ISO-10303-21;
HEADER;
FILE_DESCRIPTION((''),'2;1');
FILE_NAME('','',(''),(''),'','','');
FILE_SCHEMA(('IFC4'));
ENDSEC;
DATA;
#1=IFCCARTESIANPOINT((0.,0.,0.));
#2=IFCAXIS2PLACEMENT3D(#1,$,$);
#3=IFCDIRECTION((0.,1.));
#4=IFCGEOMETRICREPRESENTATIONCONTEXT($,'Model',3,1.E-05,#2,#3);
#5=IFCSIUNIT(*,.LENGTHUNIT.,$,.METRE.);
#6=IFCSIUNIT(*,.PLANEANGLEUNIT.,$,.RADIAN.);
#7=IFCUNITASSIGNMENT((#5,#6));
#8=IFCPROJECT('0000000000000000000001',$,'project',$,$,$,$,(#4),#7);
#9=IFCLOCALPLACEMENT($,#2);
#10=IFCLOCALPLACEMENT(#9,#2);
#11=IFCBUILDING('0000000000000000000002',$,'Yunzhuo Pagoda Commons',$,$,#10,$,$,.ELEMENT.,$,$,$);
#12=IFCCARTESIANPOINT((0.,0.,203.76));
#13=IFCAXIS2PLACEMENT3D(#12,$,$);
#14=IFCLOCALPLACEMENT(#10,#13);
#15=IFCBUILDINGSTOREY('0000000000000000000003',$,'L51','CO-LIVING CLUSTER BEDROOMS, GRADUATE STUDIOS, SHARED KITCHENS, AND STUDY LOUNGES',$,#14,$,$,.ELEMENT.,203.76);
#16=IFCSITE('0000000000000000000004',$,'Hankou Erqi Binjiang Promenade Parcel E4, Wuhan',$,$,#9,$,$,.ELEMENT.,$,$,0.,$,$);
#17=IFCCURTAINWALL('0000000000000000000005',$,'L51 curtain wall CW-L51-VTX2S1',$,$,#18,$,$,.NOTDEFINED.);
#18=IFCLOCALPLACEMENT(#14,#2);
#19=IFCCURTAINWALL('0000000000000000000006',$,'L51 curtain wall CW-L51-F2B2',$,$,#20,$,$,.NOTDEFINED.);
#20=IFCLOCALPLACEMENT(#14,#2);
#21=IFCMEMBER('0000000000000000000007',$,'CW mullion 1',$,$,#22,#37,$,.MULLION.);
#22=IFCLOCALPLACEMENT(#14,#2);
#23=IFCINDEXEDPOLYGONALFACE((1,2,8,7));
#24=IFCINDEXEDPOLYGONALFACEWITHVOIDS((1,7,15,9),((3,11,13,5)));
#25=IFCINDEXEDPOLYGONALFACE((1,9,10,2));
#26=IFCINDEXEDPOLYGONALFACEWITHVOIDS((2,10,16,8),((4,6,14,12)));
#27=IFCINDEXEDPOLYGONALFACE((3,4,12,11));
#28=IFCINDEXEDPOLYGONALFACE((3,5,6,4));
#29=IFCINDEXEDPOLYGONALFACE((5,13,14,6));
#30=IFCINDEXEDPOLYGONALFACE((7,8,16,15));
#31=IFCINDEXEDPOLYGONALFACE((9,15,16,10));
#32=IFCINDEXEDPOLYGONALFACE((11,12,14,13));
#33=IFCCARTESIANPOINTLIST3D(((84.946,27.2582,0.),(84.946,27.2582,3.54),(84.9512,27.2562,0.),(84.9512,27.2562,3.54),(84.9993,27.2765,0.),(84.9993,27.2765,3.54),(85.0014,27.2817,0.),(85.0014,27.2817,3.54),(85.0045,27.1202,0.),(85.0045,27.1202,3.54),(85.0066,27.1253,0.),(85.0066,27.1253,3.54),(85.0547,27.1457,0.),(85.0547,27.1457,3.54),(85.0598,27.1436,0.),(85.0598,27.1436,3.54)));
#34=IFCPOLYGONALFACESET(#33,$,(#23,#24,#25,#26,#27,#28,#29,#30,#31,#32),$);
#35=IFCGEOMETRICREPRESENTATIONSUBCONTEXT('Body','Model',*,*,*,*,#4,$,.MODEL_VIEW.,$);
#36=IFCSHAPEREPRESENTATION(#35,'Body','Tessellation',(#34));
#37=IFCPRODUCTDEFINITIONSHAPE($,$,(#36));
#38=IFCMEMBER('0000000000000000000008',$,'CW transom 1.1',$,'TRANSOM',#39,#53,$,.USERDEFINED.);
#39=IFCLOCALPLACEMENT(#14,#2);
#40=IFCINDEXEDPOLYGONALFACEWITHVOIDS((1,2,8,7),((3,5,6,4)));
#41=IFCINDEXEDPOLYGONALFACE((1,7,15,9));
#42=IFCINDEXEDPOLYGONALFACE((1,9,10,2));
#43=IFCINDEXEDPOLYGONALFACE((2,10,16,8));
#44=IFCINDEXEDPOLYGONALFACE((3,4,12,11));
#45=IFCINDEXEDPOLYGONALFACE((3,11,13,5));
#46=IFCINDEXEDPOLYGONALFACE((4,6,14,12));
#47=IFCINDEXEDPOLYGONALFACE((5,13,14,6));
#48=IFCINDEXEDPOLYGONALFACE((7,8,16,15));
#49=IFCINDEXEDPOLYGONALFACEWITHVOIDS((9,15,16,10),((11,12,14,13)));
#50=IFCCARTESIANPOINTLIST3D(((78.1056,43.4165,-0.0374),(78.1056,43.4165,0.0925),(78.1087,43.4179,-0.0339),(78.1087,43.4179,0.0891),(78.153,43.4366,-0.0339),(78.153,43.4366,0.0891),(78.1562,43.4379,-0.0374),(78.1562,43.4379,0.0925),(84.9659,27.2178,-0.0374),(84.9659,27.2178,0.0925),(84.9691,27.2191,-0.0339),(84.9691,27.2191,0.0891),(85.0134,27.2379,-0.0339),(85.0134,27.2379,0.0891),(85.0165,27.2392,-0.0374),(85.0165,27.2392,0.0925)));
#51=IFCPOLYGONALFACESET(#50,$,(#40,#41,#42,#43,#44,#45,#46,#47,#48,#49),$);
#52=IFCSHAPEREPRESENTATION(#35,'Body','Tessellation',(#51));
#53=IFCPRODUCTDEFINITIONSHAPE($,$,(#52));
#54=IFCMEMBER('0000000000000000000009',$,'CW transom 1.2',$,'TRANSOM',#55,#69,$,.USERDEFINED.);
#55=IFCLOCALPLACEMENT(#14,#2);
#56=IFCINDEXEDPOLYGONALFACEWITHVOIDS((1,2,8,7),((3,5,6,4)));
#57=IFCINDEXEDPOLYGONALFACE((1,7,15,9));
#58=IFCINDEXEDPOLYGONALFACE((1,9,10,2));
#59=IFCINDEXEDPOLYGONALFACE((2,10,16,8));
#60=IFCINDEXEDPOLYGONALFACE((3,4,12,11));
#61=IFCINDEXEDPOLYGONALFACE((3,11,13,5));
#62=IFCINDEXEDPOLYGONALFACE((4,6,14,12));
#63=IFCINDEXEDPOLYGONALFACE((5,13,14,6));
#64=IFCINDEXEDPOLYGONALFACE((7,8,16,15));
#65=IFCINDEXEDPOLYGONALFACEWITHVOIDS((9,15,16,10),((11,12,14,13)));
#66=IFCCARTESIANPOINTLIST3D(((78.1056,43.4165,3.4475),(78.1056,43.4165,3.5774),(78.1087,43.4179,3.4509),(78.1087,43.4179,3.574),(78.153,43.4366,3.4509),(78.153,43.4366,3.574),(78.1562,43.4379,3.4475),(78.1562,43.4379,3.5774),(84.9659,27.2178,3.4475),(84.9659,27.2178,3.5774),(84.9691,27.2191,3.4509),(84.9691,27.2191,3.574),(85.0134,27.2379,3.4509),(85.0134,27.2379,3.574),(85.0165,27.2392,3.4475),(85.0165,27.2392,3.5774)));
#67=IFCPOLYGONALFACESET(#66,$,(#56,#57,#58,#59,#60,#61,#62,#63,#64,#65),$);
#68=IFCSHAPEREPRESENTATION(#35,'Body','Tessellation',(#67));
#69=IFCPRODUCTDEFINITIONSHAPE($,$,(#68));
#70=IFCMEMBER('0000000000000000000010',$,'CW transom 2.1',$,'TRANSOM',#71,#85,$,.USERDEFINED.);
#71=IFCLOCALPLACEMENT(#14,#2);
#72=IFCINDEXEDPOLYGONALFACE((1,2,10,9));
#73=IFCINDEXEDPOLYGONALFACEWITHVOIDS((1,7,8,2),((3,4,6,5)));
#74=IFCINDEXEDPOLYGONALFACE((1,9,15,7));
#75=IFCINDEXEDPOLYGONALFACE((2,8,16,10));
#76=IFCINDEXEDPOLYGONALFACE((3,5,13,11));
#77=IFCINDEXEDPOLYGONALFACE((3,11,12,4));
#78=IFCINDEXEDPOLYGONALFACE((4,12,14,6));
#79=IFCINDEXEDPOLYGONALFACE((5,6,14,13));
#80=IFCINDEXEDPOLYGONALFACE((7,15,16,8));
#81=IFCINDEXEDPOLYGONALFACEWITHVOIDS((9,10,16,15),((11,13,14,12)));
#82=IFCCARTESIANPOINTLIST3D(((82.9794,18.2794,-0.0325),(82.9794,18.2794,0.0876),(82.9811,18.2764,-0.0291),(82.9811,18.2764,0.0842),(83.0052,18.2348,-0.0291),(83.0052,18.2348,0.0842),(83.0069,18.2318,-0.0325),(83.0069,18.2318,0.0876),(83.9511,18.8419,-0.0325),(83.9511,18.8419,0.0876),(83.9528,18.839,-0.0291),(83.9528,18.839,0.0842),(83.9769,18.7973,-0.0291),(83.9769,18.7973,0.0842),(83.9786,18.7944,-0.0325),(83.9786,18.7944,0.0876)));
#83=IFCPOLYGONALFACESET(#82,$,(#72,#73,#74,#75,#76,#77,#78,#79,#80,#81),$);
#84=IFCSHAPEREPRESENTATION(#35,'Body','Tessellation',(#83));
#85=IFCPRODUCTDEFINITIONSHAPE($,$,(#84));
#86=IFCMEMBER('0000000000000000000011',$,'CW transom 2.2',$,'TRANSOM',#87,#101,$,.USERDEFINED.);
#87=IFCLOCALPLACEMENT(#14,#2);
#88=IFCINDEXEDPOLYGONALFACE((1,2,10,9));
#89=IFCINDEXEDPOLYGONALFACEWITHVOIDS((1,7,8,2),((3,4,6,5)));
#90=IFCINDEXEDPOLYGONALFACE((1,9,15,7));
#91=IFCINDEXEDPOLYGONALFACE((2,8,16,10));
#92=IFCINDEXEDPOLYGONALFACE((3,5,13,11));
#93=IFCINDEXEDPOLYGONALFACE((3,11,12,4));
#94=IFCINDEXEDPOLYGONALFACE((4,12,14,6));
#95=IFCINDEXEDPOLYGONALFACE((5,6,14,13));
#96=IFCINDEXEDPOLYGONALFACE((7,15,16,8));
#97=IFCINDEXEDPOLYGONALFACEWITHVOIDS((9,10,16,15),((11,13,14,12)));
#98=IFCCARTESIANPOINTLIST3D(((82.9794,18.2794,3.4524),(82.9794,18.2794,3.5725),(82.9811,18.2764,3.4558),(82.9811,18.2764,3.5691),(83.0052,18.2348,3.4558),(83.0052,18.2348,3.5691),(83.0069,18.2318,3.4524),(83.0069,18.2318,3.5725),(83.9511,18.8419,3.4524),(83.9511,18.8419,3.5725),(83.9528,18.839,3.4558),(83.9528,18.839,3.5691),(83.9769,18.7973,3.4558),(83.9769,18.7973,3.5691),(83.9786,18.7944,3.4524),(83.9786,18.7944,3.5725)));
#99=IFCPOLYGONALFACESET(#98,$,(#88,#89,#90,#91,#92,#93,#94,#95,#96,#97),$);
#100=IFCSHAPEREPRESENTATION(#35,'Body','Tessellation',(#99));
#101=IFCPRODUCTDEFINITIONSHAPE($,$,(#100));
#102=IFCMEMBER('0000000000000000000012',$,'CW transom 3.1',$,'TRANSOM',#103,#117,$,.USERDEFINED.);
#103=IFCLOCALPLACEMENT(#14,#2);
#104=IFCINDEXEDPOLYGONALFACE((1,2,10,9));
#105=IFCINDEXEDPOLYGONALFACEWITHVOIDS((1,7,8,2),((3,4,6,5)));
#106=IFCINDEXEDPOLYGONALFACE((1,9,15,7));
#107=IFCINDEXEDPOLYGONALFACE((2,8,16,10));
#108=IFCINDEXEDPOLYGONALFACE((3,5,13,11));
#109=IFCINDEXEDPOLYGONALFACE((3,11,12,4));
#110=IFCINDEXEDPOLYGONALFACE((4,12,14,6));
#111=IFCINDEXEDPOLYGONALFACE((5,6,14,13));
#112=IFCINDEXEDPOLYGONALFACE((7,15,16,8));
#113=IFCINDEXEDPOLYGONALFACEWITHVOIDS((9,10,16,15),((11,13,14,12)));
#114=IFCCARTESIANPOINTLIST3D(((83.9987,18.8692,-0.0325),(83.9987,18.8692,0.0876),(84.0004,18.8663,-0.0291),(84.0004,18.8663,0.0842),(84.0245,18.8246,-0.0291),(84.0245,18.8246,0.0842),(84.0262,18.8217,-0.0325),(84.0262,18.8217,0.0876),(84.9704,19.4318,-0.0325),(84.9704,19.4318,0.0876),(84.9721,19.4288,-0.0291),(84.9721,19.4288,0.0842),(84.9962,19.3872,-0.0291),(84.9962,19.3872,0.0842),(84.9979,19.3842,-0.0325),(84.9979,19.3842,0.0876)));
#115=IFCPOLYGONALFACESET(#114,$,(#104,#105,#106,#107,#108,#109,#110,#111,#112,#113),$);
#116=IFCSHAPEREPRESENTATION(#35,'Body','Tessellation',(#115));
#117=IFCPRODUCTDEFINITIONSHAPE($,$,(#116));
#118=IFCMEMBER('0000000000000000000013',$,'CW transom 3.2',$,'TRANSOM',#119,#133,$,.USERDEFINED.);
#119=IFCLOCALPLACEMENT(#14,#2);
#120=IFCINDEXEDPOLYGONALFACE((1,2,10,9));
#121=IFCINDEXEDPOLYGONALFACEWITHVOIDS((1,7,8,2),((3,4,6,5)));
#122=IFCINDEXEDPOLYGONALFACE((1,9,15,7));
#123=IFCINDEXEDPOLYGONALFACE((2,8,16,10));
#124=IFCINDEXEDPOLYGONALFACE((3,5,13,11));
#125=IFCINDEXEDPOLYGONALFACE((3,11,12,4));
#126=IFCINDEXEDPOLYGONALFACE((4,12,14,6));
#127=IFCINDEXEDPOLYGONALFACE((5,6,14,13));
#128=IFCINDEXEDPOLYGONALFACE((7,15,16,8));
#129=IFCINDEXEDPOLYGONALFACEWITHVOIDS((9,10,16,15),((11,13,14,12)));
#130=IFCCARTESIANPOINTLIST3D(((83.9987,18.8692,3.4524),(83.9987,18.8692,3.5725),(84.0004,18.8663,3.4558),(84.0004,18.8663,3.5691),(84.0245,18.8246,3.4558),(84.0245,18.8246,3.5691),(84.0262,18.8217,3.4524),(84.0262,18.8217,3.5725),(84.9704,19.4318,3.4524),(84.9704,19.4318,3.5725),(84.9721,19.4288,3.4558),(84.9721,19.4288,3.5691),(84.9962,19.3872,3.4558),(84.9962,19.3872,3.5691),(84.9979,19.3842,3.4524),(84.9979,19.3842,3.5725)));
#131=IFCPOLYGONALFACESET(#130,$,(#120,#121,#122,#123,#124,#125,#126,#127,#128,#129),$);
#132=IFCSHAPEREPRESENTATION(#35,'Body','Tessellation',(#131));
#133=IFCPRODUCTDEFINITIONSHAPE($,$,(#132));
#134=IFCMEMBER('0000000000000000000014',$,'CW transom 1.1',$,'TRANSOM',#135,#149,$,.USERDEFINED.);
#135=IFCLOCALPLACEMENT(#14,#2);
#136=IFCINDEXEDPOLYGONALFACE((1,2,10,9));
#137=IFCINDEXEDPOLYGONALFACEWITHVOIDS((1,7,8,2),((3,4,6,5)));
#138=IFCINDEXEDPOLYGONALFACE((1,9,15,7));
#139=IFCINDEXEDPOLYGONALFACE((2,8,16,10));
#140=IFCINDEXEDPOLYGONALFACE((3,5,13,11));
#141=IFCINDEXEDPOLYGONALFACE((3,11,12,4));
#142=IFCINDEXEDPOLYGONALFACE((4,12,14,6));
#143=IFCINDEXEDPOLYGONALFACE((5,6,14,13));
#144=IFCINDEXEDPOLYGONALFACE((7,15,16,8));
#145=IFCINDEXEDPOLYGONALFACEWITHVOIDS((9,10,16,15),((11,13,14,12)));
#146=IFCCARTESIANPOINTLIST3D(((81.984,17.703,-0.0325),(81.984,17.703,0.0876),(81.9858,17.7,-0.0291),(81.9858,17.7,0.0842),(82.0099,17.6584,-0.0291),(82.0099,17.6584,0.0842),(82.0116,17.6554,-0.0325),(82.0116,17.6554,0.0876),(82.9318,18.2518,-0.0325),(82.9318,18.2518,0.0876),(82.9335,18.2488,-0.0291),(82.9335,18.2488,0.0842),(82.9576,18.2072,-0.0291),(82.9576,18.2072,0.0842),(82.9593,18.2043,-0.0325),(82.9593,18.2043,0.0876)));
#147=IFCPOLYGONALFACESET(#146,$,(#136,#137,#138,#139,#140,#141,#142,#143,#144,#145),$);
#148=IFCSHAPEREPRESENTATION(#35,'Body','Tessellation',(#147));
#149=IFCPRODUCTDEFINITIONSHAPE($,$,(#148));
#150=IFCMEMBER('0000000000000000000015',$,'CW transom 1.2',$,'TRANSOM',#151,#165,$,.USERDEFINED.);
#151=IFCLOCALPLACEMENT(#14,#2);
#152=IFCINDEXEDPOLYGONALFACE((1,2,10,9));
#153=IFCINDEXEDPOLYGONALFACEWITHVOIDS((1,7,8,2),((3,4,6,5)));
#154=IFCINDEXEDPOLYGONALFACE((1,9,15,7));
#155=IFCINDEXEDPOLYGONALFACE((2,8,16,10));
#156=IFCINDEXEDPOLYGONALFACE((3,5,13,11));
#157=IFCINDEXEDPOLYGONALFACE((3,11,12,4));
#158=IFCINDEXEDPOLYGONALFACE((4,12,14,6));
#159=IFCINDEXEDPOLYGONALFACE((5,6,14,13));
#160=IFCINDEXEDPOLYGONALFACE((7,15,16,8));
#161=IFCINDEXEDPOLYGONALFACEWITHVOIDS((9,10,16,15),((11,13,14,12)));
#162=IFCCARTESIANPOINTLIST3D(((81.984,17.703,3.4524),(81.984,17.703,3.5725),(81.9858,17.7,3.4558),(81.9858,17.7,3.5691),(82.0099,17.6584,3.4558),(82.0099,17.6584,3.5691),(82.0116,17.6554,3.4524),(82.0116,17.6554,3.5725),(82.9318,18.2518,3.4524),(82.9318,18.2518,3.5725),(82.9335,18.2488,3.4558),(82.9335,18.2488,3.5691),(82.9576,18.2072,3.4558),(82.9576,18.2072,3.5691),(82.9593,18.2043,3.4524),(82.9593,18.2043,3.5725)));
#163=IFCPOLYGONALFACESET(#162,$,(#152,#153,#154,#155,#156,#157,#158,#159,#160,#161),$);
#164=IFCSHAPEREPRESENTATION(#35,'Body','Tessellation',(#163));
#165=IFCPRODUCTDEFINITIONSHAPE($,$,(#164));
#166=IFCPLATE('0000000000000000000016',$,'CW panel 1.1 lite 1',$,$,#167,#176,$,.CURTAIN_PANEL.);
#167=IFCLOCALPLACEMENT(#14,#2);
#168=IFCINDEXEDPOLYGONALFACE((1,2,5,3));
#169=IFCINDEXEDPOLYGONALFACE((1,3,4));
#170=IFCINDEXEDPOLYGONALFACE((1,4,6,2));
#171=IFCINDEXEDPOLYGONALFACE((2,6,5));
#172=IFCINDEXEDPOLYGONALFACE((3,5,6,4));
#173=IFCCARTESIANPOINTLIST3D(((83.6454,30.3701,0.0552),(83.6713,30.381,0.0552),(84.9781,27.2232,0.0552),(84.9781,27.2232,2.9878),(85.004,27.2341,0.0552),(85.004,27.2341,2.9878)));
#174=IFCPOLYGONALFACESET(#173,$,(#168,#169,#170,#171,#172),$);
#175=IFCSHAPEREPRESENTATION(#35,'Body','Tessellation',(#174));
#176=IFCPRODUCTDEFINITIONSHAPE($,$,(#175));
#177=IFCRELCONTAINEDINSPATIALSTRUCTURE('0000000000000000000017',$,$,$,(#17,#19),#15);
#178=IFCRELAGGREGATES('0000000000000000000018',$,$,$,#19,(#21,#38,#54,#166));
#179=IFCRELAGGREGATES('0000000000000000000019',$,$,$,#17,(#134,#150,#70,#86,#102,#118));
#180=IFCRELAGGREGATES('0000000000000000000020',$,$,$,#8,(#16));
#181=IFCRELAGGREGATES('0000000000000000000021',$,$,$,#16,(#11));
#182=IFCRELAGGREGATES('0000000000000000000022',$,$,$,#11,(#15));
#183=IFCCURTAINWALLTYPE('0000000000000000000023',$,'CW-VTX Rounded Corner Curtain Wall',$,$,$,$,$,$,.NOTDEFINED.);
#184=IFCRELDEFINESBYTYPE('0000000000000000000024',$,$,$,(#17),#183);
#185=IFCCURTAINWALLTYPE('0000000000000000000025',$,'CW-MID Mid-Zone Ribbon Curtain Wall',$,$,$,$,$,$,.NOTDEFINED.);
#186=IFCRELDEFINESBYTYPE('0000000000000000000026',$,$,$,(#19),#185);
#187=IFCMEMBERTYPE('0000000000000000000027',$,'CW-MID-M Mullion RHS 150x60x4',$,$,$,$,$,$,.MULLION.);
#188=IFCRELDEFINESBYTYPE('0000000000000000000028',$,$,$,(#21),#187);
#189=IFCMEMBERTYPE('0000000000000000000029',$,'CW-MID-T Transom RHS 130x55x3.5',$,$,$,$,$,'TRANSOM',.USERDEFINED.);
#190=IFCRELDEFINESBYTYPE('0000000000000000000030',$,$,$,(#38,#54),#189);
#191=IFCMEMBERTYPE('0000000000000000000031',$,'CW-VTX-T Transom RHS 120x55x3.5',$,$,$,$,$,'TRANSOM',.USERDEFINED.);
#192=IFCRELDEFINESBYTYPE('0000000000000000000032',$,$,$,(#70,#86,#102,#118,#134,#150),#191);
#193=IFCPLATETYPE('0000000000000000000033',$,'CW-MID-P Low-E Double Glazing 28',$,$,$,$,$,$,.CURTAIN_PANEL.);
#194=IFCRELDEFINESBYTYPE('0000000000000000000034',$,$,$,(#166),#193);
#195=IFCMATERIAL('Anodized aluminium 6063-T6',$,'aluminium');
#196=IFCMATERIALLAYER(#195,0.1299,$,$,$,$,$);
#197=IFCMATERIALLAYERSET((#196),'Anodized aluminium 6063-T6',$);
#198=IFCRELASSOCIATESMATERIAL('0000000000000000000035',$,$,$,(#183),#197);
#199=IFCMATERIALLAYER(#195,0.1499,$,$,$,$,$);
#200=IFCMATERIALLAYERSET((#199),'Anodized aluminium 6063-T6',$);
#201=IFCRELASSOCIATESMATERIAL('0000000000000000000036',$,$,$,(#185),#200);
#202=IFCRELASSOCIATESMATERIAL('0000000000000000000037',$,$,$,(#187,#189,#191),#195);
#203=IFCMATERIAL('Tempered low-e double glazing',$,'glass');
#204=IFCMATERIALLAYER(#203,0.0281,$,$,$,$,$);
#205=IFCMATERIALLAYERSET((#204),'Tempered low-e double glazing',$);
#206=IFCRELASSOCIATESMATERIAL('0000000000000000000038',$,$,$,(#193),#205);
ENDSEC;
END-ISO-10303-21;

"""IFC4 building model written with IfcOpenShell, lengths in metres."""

from ifc_helpers import new_model, si_unit, direction, frame, origin, origin_2d, place, context, subcontext, project, spatial, polyline, hollow_rectangle, outline, extrude, source, transform, mapped, material, layer, layer_set, material_profile, profile_set, type_object, element, aggregate, save


model = new_model("IFC4")

# Units and contexts
model_context = context("Model", 3, precision=1e-05, world=origin(), true_north=direction((0.0, 1.0)))
body_context = subcontext(model_context, "Body", "Model", "MODEL_VIEW")
ifc_project = project(units=[si_unit("LENGTHUNIT", "METRE"), si_unit("PLANEANGLEUNIT", "RADIAN")], contexts=[model_context])

# Site, building, storey
site_placement = place(None, origin())
site = spatial("IfcSite", under=ifc_project, at=site_placement, Name="Hankou Erqi Binjiang Promenade Parcel E4, Wuhan", CompositionType="ELEMENT", RefElevation=0.0)
building_placement = place(site_placement, origin())
building = spatial("IfcBuilding", under=site, at=building_placement, Name="Yunzhuo Pagoda Commons", CompositionType="ELEMENT")
storey_placement = place(building_placement, frame((0.0, 0.0, 203.76)))
storey = spatial("IfcBuildingStorey", under=building, at=storey_placement, Name="L51", Description="CO-LIVING CLUSTER BEDROOMS, GRADUATE STUDIOS, SHARED KITCHENS, AND STUDY LOUNGES", CompositionType="ELEMENT", Elevation=203.76)

# Curtain wall
ifc_material_1 = material(Name="Anodized aluminium 6063-T6", Category="aluminium")
ifc_layer_1 = layer(ifc_material_1, 0.1299)
ifc_layer_set_1 = layer_set([ifc_layer_1], Name="Anodized aluminium 6063-T6")
curtain_wall_type_1 = type_object("IfcCurtainWallType", Name="CW-VTX Rounded Corner Curtain Wall", PredefinedType="NOTDEFINED", material=ifc_layer_set_1)
curtain_wall_1_placement = place(storey_placement, origin())
curtain_wall_1 = element("IfcCurtainWall", 1, at=curtain_wall_1_placement, inside=storey, type_object=curtain_wall_type_1, Name="L51 curtain wall CW-L51-VTX2S1", PredefinedType="NOTDEFINED")

# Shared definitions
ifc_layer_2 = layer(ifc_material_1, 0.1499)
ifc_layer_set_2 = layer_set([ifc_layer_2], Name="Anodized aluminium 6063-T6")
curtain_wall_type_2 = type_object("IfcCurtainWallType", Name="CW-MID Mid-Zone Ribbon Curtain Wall", PredefinedType="NOTDEFINED", material=ifc_layer_set_2)
ifc_material_profile_1 = material_profile(ifc_material_1, hollow_rectangle(XDim=0.0601, YDim=0.1499, WallThickness=0.0039, at=origin_2d()), Name="Anodized aluminium 6063-T6")
ifc_profile_set_1 = profile_set([ifc_material_profile_1], Name="Anodized aluminium 6063-T6")
member_type_1 = type_object("IfcMemberType", Name="CW-MID-M Mullion RHS 150x60x4", PredefinedType="MULLION", material=ifc_profile_set_1)
shared_shape_1 = source(origin(), body_context, "Body", "SweptSolid", [
    extrude(hollow_rectangle(XDim=0.0601, YDim=0.1499, WallThickness=0.0039, at=origin_2d()), origin(), (0.0, 0.0, 1.0), 3.54),
])

# Curtain wall, members
curtain_wall_2_placement = place(storey_placement, origin())
curtain_wall_2 = element("IfcCurtainWall", 2, at=curtain_wall_2_placement, inside=storey, type_object=curtain_wall_type_2, Name="L51 curtain wall CW-L51-F2B2", PredefinedType="NOTDEFINED")
member_1_placement = place(storey_placement, frame((85.0029, 27.2009, 0.0), z_axis=(0.0, 0.0, 1.0), x_axis=(-0.920824, -0.389978, 0.0)))
member_1 = element("IfcMember", 3, at=member_1_placement, type_object=member_type_1, Name="CW mullion 1", PredefinedType="MULLION", context=body_context, shape_type="MappedRepresentation", body=[
    mapped(shared_shape_1, transform((0.0, 0.0, 0.0), scale=1.0)),
])
ifc_material_profile_2 = material_profile(ifc_material_1, hollow_rectangle(XDim=0.0549, YDim=0.1299, WallThickness=0.0034, at=origin_2d()), Name="Anodized aluminium 6063-T6")
ifc_profile_set_2 = profile_set([ifc_material_profile_2], Name="Anodized aluminium 6063-T6")
member_type_2 = type_object("IfcMemberType", Name="CW-MID-T Transom RHS 130x55x3.5", ElementType="TRANSOM", PredefinedType="USERDEFINED", material=ifc_profile_set_2)
shared_shape_2 = source(origin(), body_context, "Body", "SweptSolid", [
    extrude(hollow_rectangle(XDim=0.0549, YDim=0.1299, WallThickness=0.0034, at=origin_2d()), origin(), (0.0, 0.0, 1.0), 17.5916),
])
member_2_placement = place(storey_placement, frame((84.9912, 27.2285, 0.0276), z_axis=(-0.38998, 0.920824, 0.0), x_axis=(-0.920824, -0.38998, 0.0)))
member_2 = element("IfcMember", 4, at=member_2_placement, type_object=member_type_2, Name="CW transom 1.1", ObjectType="TRANSOM", PredefinedType="USERDEFINED", context=body_context, shape_type="MappedRepresentation", body=[
    mapped(shared_shape_2, transform((0.0, 0.0, 0.0), scale=1.0)),
])
member_3_placement = place(storey_placement, frame((84.9912, 27.2285, 3.5125), z_axis=(-0.38998, 0.920824, 0.0), x_axis=(-0.920824, -0.38998, 0.0)))
member_3 = element("IfcMember", 5, at=member_3_placement, type_object=member_type_2, Name="CW transom 1.2", ObjectType="TRANSOM", PredefinedType="USERDEFINED", context=body_context, shape_type="MappedRepresentation", body=[
    mapped(shared_shape_2, transform((0.0, 0.0, 0.0), scale=1.0)),
])

# Members
ifc_material_profile_3 = material_profile(ifc_material_1, hollow_rectangle(XDim=0.0549, YDim=0.1201, WallThickness=0.0034, at=origin_2d()), Name="Anodized aluminium 6063-T6")
ifc_profile_set_3 = profile_set([ifc_material_profile_3], Name="Anodized aluminium 6063-T6")
member_type_3 = type_object("IfcMemberType", Name="CW-VTX-T Transom RHS 120x55x3.5", ElementType="TRANSOM", PredefinedType="USERDEFINED", material=ifc_profile_set_3)
shared_shape_3 = source(origin(), body_context, "Body", "SweptSolid", [
    extrude(hollow_rectangle(XDim=0.0549, YDim=0.1201, WallThickness=0.0034, at=origin_2d()), origin(), (0.0, 0.0, 1.0), 1.1228),
])
member_4_placement = place(storey_placement, frame((82.9932, 18.2556, 0.0276), z_axis=(0.865446, 0.501002, 0.0), x_axis=(-0.501002, 0.865446, 0.0)))
member_4 = element("IfcMember", 6, at=member_4_placement, type_object=member_type_3, Name="CW transom 2.1", ObjectType="TRANSOM", PredefinedType="USERDEFINED", context=body_context, shape_type="MappedRepresentation", body=[
    mapped(shared_shape_3, transform((0.0, 0.0, 0.0), scale=1.0)),
])
member_5_placement = place(storey_placement, frame((82.9932, 18.2556, 3.5125), z_axis=(0.865446, 0.501002, 0.0), x_axis=(-0.501002, 0.865446, 0.0)))
member_5 = element("IfcMember", 7, at=member_5_placement, type_object=member_type_3, Name="CW transom 2.2", ObjectType="TRANSOM", PredefinedType="USERDEFINED", context=body_context, shape_type="MappedRepresentation", body=[
    mapped(shared_shape_3, transform((0.0, 0.0, 0.0), scale=1.0)),
])
member_6_placement = place(storey_placement, frame((84.0125, 18.8455, 0.0276), z_axis=(0.865446, 0.501002, 0.0), x_axis=(-0.501002, 0.865446, 0.0)))
member_6 = element("IfcMember", 8, at=member_6_placement, type_object=member_type_3, Name="CW transom 3.1", ObjectType="TRANSOM", PredefinedType="USERDEFINED", context=body_context, shape_type="MappedRepresentation", body=[
    mapped(shared_shape_3, transform((0.0, 0.0, 0.0), scale=1.0)),
])
member_7_placement = place(storey_placement, frame((84.0125, 18.8455, 3.5125), z_axis=(0.865446, 0.501002, 0.0), x_axis=(-0.501002, 0.865446, 0.0)))
member_7 = element("IfcMember", 9, at=member_7_placement, type_object=member_type_3, Name="CW transom 3.2", ObjectType="TRANSOM", PredefinedType="USERDEFINED", context=body_context, shape_type="MappedRepresentation", body=[
    mapped(shared_shape_3, transform((0.0, 0.0, 0.0), scale=1.0)),
])
shared_shape_4 = source(origin(), body_context, "Body", "SweptSolid", [
    extrude(hollow_rectangle(XDim=0.0549, YDim=0.1201, WallThickness=0.0034, at=origin_2d()), origin(), (0.0, 0.0, 1.0), 1.0952),
])
member_8_placement = place(storey_placement, frame((81.9978, 17.6792, 0.0276), z_axis=(0.865375, 0.501124, 0.0), x_axis=(-0.501124, 0.865375, 0.0)))
member_8 = element("IfcMember", 10, at=member_8_placement, type_object=member_type_3, Name="CW transom 1.1", ObjectType="TRANSOM", PredefinedType="USERDEFINED", context=body_context, shape_type="MappedRepresentation", body=[
    mapped(shared_shape_4, transform((0.0, 0.0, 0.0), scale=1.0)),
])
member_9_placement = place(storey_placement, frame((81.9978, 17.6792, 3.5125), z_axis=(0.865375, 0.501124, 0.0), x_axis=(-0.501124, 0.865375, 0.0)))
member_9 = element("IfcMember", 11, at=member_9_placement, type_object=member_type_3, Name="CW transom 1.2", ObjectType="TRANSOM", PredefinedType="USERDEFINED", context=body_context, shape_type="MappedRepresentation", body=[
    mapped(shared_shape_4, transform((0.0, 0.0, 0.0), scale=1.0)),
])

# Plate
ifc_material_2 = material(Name="Tempered low-e double glazing", Category="glass")
ifc_layer_3 = layer(ifc_material_2, 0.0281)
ifc_layer_set_3 = layer_set([ifc_layer_3], Name="Tempered low-e double glazing")
plate_type_1 = type_object("IfcPlateType", Name="CW-MID-P Low-E Double Glazing 28", PredefinedType="CURTAIN_PANEL", material=ifc_layer_set_3)
plate_1_placement = place(storey_placement, frame((84.3118, 28.7966, 1.5215), z_axis=(0.920824, 0.389978, 0.0), x_axis=(-0.389978, 0.920824, 0.0)))
plate_1 = element("IfcPlate", 12, at=plate_1_placement, type_object=plate_type_1, Name="CW panel 1.1 lite 1", PredefinedType="CURTAIN_PANEL", context=body_context, shape_type="SweptSolid", body=[
    extrude(outline(polyline([(-1.7087, -1.4663), (1.7087, -1.4663), (-1.7087, 1.4663), (-1.7087, -1.4663)])), origin(), (0.0, 0.0, 1.0), 0.0281),
])
aggregate(curtain_wall_2, [member_1, member_2, member_3, plate_1])
aggregate(curtain_wall_1, [member_8, member_9, member_4, member_5, member_6, member_7])

save(model, "model.ifc")
